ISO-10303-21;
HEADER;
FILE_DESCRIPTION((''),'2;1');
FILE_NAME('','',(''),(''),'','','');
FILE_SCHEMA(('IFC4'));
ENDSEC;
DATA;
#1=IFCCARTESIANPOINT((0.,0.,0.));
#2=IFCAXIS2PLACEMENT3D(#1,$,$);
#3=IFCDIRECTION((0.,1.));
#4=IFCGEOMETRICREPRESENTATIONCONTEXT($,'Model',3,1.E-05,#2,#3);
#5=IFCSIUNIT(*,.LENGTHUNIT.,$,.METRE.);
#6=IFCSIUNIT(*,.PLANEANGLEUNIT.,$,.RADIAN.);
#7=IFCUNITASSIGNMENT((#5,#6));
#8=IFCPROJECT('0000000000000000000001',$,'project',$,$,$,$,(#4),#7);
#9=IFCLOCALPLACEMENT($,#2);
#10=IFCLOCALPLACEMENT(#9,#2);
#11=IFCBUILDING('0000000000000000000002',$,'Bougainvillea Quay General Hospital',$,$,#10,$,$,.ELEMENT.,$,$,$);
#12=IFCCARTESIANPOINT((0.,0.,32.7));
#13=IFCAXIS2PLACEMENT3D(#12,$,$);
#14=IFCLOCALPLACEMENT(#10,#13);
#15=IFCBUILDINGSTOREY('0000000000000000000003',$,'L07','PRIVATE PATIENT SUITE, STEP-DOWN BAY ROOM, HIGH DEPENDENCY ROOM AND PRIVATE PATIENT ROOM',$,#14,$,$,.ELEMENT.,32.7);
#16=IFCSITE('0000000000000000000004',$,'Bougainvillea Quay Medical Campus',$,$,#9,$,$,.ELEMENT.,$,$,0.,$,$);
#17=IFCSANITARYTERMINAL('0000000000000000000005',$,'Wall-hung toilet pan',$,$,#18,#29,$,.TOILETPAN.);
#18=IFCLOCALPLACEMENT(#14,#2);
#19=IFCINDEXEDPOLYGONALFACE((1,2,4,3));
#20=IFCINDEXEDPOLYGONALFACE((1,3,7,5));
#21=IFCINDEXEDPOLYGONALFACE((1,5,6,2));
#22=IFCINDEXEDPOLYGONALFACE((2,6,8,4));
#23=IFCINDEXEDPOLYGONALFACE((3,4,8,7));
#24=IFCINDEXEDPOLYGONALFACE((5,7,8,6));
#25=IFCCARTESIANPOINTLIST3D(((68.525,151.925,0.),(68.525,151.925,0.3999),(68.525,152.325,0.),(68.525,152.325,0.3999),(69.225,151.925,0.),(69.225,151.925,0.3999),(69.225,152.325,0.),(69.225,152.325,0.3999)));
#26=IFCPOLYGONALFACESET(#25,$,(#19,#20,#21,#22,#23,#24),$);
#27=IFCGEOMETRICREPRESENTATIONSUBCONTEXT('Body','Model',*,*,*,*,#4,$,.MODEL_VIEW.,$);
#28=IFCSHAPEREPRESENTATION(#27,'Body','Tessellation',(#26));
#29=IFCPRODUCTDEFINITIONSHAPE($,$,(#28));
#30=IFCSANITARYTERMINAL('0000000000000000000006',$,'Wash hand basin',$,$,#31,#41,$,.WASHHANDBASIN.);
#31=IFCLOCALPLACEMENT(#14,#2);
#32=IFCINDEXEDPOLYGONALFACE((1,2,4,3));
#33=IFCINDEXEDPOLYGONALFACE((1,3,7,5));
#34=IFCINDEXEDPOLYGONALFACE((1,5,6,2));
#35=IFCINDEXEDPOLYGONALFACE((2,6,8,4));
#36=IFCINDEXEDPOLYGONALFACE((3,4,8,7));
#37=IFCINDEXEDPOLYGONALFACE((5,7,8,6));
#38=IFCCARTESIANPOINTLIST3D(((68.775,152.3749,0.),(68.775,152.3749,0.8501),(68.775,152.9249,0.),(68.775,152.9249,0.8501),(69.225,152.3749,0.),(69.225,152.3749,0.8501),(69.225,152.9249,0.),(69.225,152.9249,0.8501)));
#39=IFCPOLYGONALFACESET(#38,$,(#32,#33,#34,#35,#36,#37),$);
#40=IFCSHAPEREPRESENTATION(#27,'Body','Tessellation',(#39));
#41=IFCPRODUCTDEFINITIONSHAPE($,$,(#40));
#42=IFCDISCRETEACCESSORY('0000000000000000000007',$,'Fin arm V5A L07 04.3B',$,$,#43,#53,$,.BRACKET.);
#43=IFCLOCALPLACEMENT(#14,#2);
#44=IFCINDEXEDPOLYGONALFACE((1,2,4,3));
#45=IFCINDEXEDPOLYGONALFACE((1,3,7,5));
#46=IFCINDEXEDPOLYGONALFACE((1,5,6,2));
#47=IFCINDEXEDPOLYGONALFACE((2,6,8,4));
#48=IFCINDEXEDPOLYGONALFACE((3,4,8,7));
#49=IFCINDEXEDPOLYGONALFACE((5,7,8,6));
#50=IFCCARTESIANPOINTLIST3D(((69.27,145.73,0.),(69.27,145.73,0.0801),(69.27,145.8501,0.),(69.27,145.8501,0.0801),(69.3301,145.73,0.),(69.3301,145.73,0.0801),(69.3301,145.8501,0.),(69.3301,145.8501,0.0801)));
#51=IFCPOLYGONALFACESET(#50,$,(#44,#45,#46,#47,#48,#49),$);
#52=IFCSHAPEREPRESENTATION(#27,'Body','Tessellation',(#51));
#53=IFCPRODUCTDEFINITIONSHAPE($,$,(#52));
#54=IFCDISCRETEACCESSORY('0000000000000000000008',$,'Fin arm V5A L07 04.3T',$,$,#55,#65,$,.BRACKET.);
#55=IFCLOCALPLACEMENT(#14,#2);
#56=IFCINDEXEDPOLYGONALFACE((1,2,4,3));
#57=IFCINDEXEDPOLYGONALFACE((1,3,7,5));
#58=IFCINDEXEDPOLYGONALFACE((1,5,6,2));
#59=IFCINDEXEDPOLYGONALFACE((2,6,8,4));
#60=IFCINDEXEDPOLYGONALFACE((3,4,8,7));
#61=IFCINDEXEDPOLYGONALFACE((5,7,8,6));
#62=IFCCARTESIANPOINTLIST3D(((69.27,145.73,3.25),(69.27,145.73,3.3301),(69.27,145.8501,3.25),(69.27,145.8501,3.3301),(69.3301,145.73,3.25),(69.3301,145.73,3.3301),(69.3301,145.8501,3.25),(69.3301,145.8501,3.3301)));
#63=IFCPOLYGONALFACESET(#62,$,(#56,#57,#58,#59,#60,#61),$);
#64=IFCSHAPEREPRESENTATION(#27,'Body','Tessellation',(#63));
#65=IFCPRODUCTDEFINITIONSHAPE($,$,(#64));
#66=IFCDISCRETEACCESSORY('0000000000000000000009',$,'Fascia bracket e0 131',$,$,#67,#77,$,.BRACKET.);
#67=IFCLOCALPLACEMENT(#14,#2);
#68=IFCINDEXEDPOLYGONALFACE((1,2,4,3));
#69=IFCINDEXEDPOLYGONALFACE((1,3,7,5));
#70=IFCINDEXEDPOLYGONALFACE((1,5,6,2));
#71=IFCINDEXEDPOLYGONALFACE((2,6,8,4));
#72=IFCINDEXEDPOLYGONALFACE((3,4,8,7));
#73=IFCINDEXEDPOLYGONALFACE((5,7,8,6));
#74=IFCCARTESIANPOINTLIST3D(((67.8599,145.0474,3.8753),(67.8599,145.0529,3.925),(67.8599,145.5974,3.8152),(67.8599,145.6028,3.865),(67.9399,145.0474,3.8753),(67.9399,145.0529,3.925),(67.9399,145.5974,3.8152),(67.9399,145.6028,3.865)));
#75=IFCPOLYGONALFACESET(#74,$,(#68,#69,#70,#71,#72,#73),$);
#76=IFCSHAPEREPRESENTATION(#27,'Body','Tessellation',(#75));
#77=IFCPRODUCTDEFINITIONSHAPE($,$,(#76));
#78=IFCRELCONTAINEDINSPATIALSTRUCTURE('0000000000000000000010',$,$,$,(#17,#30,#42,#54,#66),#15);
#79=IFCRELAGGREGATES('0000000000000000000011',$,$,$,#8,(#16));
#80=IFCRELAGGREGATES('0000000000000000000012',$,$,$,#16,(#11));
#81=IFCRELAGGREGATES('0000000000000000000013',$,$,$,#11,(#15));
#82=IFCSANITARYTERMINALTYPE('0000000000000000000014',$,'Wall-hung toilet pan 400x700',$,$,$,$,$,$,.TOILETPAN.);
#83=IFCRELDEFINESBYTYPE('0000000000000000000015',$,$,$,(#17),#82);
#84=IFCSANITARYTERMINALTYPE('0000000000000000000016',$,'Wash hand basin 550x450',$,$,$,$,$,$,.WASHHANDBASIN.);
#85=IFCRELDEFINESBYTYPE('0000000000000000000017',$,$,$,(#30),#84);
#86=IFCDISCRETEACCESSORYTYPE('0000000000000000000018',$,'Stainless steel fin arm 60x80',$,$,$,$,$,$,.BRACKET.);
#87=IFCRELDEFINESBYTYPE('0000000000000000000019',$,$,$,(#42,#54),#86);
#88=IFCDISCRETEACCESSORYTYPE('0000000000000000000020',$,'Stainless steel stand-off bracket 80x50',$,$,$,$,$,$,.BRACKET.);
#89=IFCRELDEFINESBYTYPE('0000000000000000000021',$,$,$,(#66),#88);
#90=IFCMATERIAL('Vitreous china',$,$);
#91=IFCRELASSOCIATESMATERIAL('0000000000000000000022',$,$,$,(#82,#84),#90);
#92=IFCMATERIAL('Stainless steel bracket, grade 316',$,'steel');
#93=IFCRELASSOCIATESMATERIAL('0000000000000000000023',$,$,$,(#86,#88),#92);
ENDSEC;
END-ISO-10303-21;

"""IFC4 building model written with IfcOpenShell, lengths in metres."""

from ifc_helpers import new_model, si_unit, direction, frame, origin, origin_2d, place, context, subcontext, project, spatial, rectangle, extrude, material, material_profile, profile_set, type_object, element, save


model = new_model("IFC4")

# Units and contexts
model_context = context("Model", 3, precision=1e-05, world=origin(), true_north=direction((0.0, 1.0)))
body_context = subcontext(model_context, "Body", "Model", "MODEL_VIEW")
ifc_project = project(units=[si_unit("LENGTHUNIT", "METRE"), si_unit("PLANEANGLEUNIT", "RADIAN")], contexts=[model_context])

# Site, building, storey
site_placement = place(None, origin())
site = spatial("IfcSite", under=ifc_project, at=site_placement, Name="Bougainvillea Quay Medical Campus", CompositionType="ELEMENT", RefElevation=0.0)
building_placement = place(site_placement, origin())
building = spatial("IfcBuilding", under=site, at=building_placement, Name="Bougainvillea Quay General Hospital", CompositionType="ELEMENT")
storey_placement = place(building_placement, frame((0.0, 0.0, 32.7)))
storey = spatial("IfcBuildingStorey", under=building, at=storey_placement, Name="L07", Description="PRIVATE PATIENT SUITE, STEP-DOWN BAY ROOM, HIGH DEPENDENCY ROOM AND PRIVATE PATIENT ROOM", CompositionType="ELEMENT", Elevation=32.7)

# Sanitary terminals
ifc_material_1 = material(Name="Vitreous china")
sanitary_terminal_type_1 = type_object("IfcSanitaryTerminalType", Name="Wall-hung toilet pan 400x700", PredefinedType="TOILETPAN", material=ifc_material_1)
sanitary_terminal_1_placement = place(storey_placement, frame((68.875, 152.125, 0.0), z_axis=(0.0, 0.0, 1.0), x_axis=(0.0, -1.0, 0.0)))
element("IfcSanitaryTerminal", 1, at=sanitary_terminal_1_placement, inside=storey, type_object=sanitary_terminal_type_1, Name="Wall-hung toilet pan", PredefinedType="TOILETPAN", context=body_context, shape_type="SweptSolid", body=[
    extrude(rectangle(XDim=0.3999, YDim=0.7, at=origin_2d()), origin(), (0.0, 0.0, 1.0), 0.3999),
])
sanitary_terminal_type_2 = type_object("IfcSanitaryTerminalType", Name="Wash hand basin 550x450", PredefinedType="WASHHANDBASIN", material=ifc_material_1)
sanitary_terminal_2_placement = place(storey_placement, frame((69.0, 152.6499, 0.0), z_axis=(0.0, 0.0, 1.0), x_axis=(0.0, -1.0, 0.0)))
element("IfcSanitaryTerminal", 2, at=sanitary_terminal_2_placement, inside=storey, type_object=sanitary_terminal_type_2, Name="Wash hand basin", PredefinedType="WASHHANDBASIN", context=body_context, shape_type="SweptSolid", body=[
    extrude(rectangle(XDim=0.55, YDim=0.45, at=origin_2d()), origin(), (0.0, 0.0, 1.0), 0.8501),
])

# Discrete accessories
ifc_material_2 = material(Name="Stainless steel bracket, grade 316", Category="steel")
discrete_accessory_type_1 = type_object("IfcDiscreteAccessoryType", Name="Stainless steel fin arm 60x80", PredefinedType="BRACKET", material=ifc_material_2)
for number, where, z_axis, x_axis, name in (
    (3, (69.3, 145.79, 0.0), (0.0, 0.0, 1.0), (0.0, -1.0, 0.0), "Fin arm V5A L07 04.3B"),
    (4, (69.3, 145.79, 3.25), (0.0, 0.0, 1.0), (0.0, -1.0, 0.0), "Fin arm V5A L07 04.3T"),
):
    element("IfcDiscreteAccessory", number, at=place(storey_placement, frame(where, z_axis=z_axis, x_axis=x_axis)), inside=storey, type_object=discrete_accessory_type_1, Name=name, PredefinedType="BRACKET", context=body_context, shape_type="SweptSolid", body=[
        extrude(rectangle(XDim=0.1201, YDim=0.0601, at=origin_2d()), origin(), (0.0, 0.0, 1.0), 0.0801),
    ])
ifc_material_profile_1 = material_profile(ifc_material_2, rectangle(XDim=0.0801, YDim=0.05, at=origin_2d()))
ifc_profile_set_1 = profile_set([ifc_material_profile_1], Name="Stainless steel bracket, grade 316")
discrete_accessory_type_2 = type_object("IfcDiscreteAccessoryType", Name="Stainless steel stand-off bracket 80x50", PredefinedType="BRACKET", material=ifc_profile_set_1)
discrete_accessory_placement = place(storey_placement, frame((67.8999, 145.6001, 3.8401), z_axis=(0.0, -0.994092, 0.108543), x_axis=(1.0, 0.0, 0.0)))
element("IfcDiscreteAccessory", 5, at=discrete_accessory_placement, inside=storey, type_object=discrete_accessory_type_2, Name="Fascia bracket e0 131", PredefinedType="BRACKET", context=body_context, shape_type="SweptSolid", body=[
    extrude(rectangle(XDim=0.0801, YDim=0.05, at=origin_2d()), origin(), (0.0, 0.0, 1.0), 0.5532),
])

save(model, "model.ifc")
